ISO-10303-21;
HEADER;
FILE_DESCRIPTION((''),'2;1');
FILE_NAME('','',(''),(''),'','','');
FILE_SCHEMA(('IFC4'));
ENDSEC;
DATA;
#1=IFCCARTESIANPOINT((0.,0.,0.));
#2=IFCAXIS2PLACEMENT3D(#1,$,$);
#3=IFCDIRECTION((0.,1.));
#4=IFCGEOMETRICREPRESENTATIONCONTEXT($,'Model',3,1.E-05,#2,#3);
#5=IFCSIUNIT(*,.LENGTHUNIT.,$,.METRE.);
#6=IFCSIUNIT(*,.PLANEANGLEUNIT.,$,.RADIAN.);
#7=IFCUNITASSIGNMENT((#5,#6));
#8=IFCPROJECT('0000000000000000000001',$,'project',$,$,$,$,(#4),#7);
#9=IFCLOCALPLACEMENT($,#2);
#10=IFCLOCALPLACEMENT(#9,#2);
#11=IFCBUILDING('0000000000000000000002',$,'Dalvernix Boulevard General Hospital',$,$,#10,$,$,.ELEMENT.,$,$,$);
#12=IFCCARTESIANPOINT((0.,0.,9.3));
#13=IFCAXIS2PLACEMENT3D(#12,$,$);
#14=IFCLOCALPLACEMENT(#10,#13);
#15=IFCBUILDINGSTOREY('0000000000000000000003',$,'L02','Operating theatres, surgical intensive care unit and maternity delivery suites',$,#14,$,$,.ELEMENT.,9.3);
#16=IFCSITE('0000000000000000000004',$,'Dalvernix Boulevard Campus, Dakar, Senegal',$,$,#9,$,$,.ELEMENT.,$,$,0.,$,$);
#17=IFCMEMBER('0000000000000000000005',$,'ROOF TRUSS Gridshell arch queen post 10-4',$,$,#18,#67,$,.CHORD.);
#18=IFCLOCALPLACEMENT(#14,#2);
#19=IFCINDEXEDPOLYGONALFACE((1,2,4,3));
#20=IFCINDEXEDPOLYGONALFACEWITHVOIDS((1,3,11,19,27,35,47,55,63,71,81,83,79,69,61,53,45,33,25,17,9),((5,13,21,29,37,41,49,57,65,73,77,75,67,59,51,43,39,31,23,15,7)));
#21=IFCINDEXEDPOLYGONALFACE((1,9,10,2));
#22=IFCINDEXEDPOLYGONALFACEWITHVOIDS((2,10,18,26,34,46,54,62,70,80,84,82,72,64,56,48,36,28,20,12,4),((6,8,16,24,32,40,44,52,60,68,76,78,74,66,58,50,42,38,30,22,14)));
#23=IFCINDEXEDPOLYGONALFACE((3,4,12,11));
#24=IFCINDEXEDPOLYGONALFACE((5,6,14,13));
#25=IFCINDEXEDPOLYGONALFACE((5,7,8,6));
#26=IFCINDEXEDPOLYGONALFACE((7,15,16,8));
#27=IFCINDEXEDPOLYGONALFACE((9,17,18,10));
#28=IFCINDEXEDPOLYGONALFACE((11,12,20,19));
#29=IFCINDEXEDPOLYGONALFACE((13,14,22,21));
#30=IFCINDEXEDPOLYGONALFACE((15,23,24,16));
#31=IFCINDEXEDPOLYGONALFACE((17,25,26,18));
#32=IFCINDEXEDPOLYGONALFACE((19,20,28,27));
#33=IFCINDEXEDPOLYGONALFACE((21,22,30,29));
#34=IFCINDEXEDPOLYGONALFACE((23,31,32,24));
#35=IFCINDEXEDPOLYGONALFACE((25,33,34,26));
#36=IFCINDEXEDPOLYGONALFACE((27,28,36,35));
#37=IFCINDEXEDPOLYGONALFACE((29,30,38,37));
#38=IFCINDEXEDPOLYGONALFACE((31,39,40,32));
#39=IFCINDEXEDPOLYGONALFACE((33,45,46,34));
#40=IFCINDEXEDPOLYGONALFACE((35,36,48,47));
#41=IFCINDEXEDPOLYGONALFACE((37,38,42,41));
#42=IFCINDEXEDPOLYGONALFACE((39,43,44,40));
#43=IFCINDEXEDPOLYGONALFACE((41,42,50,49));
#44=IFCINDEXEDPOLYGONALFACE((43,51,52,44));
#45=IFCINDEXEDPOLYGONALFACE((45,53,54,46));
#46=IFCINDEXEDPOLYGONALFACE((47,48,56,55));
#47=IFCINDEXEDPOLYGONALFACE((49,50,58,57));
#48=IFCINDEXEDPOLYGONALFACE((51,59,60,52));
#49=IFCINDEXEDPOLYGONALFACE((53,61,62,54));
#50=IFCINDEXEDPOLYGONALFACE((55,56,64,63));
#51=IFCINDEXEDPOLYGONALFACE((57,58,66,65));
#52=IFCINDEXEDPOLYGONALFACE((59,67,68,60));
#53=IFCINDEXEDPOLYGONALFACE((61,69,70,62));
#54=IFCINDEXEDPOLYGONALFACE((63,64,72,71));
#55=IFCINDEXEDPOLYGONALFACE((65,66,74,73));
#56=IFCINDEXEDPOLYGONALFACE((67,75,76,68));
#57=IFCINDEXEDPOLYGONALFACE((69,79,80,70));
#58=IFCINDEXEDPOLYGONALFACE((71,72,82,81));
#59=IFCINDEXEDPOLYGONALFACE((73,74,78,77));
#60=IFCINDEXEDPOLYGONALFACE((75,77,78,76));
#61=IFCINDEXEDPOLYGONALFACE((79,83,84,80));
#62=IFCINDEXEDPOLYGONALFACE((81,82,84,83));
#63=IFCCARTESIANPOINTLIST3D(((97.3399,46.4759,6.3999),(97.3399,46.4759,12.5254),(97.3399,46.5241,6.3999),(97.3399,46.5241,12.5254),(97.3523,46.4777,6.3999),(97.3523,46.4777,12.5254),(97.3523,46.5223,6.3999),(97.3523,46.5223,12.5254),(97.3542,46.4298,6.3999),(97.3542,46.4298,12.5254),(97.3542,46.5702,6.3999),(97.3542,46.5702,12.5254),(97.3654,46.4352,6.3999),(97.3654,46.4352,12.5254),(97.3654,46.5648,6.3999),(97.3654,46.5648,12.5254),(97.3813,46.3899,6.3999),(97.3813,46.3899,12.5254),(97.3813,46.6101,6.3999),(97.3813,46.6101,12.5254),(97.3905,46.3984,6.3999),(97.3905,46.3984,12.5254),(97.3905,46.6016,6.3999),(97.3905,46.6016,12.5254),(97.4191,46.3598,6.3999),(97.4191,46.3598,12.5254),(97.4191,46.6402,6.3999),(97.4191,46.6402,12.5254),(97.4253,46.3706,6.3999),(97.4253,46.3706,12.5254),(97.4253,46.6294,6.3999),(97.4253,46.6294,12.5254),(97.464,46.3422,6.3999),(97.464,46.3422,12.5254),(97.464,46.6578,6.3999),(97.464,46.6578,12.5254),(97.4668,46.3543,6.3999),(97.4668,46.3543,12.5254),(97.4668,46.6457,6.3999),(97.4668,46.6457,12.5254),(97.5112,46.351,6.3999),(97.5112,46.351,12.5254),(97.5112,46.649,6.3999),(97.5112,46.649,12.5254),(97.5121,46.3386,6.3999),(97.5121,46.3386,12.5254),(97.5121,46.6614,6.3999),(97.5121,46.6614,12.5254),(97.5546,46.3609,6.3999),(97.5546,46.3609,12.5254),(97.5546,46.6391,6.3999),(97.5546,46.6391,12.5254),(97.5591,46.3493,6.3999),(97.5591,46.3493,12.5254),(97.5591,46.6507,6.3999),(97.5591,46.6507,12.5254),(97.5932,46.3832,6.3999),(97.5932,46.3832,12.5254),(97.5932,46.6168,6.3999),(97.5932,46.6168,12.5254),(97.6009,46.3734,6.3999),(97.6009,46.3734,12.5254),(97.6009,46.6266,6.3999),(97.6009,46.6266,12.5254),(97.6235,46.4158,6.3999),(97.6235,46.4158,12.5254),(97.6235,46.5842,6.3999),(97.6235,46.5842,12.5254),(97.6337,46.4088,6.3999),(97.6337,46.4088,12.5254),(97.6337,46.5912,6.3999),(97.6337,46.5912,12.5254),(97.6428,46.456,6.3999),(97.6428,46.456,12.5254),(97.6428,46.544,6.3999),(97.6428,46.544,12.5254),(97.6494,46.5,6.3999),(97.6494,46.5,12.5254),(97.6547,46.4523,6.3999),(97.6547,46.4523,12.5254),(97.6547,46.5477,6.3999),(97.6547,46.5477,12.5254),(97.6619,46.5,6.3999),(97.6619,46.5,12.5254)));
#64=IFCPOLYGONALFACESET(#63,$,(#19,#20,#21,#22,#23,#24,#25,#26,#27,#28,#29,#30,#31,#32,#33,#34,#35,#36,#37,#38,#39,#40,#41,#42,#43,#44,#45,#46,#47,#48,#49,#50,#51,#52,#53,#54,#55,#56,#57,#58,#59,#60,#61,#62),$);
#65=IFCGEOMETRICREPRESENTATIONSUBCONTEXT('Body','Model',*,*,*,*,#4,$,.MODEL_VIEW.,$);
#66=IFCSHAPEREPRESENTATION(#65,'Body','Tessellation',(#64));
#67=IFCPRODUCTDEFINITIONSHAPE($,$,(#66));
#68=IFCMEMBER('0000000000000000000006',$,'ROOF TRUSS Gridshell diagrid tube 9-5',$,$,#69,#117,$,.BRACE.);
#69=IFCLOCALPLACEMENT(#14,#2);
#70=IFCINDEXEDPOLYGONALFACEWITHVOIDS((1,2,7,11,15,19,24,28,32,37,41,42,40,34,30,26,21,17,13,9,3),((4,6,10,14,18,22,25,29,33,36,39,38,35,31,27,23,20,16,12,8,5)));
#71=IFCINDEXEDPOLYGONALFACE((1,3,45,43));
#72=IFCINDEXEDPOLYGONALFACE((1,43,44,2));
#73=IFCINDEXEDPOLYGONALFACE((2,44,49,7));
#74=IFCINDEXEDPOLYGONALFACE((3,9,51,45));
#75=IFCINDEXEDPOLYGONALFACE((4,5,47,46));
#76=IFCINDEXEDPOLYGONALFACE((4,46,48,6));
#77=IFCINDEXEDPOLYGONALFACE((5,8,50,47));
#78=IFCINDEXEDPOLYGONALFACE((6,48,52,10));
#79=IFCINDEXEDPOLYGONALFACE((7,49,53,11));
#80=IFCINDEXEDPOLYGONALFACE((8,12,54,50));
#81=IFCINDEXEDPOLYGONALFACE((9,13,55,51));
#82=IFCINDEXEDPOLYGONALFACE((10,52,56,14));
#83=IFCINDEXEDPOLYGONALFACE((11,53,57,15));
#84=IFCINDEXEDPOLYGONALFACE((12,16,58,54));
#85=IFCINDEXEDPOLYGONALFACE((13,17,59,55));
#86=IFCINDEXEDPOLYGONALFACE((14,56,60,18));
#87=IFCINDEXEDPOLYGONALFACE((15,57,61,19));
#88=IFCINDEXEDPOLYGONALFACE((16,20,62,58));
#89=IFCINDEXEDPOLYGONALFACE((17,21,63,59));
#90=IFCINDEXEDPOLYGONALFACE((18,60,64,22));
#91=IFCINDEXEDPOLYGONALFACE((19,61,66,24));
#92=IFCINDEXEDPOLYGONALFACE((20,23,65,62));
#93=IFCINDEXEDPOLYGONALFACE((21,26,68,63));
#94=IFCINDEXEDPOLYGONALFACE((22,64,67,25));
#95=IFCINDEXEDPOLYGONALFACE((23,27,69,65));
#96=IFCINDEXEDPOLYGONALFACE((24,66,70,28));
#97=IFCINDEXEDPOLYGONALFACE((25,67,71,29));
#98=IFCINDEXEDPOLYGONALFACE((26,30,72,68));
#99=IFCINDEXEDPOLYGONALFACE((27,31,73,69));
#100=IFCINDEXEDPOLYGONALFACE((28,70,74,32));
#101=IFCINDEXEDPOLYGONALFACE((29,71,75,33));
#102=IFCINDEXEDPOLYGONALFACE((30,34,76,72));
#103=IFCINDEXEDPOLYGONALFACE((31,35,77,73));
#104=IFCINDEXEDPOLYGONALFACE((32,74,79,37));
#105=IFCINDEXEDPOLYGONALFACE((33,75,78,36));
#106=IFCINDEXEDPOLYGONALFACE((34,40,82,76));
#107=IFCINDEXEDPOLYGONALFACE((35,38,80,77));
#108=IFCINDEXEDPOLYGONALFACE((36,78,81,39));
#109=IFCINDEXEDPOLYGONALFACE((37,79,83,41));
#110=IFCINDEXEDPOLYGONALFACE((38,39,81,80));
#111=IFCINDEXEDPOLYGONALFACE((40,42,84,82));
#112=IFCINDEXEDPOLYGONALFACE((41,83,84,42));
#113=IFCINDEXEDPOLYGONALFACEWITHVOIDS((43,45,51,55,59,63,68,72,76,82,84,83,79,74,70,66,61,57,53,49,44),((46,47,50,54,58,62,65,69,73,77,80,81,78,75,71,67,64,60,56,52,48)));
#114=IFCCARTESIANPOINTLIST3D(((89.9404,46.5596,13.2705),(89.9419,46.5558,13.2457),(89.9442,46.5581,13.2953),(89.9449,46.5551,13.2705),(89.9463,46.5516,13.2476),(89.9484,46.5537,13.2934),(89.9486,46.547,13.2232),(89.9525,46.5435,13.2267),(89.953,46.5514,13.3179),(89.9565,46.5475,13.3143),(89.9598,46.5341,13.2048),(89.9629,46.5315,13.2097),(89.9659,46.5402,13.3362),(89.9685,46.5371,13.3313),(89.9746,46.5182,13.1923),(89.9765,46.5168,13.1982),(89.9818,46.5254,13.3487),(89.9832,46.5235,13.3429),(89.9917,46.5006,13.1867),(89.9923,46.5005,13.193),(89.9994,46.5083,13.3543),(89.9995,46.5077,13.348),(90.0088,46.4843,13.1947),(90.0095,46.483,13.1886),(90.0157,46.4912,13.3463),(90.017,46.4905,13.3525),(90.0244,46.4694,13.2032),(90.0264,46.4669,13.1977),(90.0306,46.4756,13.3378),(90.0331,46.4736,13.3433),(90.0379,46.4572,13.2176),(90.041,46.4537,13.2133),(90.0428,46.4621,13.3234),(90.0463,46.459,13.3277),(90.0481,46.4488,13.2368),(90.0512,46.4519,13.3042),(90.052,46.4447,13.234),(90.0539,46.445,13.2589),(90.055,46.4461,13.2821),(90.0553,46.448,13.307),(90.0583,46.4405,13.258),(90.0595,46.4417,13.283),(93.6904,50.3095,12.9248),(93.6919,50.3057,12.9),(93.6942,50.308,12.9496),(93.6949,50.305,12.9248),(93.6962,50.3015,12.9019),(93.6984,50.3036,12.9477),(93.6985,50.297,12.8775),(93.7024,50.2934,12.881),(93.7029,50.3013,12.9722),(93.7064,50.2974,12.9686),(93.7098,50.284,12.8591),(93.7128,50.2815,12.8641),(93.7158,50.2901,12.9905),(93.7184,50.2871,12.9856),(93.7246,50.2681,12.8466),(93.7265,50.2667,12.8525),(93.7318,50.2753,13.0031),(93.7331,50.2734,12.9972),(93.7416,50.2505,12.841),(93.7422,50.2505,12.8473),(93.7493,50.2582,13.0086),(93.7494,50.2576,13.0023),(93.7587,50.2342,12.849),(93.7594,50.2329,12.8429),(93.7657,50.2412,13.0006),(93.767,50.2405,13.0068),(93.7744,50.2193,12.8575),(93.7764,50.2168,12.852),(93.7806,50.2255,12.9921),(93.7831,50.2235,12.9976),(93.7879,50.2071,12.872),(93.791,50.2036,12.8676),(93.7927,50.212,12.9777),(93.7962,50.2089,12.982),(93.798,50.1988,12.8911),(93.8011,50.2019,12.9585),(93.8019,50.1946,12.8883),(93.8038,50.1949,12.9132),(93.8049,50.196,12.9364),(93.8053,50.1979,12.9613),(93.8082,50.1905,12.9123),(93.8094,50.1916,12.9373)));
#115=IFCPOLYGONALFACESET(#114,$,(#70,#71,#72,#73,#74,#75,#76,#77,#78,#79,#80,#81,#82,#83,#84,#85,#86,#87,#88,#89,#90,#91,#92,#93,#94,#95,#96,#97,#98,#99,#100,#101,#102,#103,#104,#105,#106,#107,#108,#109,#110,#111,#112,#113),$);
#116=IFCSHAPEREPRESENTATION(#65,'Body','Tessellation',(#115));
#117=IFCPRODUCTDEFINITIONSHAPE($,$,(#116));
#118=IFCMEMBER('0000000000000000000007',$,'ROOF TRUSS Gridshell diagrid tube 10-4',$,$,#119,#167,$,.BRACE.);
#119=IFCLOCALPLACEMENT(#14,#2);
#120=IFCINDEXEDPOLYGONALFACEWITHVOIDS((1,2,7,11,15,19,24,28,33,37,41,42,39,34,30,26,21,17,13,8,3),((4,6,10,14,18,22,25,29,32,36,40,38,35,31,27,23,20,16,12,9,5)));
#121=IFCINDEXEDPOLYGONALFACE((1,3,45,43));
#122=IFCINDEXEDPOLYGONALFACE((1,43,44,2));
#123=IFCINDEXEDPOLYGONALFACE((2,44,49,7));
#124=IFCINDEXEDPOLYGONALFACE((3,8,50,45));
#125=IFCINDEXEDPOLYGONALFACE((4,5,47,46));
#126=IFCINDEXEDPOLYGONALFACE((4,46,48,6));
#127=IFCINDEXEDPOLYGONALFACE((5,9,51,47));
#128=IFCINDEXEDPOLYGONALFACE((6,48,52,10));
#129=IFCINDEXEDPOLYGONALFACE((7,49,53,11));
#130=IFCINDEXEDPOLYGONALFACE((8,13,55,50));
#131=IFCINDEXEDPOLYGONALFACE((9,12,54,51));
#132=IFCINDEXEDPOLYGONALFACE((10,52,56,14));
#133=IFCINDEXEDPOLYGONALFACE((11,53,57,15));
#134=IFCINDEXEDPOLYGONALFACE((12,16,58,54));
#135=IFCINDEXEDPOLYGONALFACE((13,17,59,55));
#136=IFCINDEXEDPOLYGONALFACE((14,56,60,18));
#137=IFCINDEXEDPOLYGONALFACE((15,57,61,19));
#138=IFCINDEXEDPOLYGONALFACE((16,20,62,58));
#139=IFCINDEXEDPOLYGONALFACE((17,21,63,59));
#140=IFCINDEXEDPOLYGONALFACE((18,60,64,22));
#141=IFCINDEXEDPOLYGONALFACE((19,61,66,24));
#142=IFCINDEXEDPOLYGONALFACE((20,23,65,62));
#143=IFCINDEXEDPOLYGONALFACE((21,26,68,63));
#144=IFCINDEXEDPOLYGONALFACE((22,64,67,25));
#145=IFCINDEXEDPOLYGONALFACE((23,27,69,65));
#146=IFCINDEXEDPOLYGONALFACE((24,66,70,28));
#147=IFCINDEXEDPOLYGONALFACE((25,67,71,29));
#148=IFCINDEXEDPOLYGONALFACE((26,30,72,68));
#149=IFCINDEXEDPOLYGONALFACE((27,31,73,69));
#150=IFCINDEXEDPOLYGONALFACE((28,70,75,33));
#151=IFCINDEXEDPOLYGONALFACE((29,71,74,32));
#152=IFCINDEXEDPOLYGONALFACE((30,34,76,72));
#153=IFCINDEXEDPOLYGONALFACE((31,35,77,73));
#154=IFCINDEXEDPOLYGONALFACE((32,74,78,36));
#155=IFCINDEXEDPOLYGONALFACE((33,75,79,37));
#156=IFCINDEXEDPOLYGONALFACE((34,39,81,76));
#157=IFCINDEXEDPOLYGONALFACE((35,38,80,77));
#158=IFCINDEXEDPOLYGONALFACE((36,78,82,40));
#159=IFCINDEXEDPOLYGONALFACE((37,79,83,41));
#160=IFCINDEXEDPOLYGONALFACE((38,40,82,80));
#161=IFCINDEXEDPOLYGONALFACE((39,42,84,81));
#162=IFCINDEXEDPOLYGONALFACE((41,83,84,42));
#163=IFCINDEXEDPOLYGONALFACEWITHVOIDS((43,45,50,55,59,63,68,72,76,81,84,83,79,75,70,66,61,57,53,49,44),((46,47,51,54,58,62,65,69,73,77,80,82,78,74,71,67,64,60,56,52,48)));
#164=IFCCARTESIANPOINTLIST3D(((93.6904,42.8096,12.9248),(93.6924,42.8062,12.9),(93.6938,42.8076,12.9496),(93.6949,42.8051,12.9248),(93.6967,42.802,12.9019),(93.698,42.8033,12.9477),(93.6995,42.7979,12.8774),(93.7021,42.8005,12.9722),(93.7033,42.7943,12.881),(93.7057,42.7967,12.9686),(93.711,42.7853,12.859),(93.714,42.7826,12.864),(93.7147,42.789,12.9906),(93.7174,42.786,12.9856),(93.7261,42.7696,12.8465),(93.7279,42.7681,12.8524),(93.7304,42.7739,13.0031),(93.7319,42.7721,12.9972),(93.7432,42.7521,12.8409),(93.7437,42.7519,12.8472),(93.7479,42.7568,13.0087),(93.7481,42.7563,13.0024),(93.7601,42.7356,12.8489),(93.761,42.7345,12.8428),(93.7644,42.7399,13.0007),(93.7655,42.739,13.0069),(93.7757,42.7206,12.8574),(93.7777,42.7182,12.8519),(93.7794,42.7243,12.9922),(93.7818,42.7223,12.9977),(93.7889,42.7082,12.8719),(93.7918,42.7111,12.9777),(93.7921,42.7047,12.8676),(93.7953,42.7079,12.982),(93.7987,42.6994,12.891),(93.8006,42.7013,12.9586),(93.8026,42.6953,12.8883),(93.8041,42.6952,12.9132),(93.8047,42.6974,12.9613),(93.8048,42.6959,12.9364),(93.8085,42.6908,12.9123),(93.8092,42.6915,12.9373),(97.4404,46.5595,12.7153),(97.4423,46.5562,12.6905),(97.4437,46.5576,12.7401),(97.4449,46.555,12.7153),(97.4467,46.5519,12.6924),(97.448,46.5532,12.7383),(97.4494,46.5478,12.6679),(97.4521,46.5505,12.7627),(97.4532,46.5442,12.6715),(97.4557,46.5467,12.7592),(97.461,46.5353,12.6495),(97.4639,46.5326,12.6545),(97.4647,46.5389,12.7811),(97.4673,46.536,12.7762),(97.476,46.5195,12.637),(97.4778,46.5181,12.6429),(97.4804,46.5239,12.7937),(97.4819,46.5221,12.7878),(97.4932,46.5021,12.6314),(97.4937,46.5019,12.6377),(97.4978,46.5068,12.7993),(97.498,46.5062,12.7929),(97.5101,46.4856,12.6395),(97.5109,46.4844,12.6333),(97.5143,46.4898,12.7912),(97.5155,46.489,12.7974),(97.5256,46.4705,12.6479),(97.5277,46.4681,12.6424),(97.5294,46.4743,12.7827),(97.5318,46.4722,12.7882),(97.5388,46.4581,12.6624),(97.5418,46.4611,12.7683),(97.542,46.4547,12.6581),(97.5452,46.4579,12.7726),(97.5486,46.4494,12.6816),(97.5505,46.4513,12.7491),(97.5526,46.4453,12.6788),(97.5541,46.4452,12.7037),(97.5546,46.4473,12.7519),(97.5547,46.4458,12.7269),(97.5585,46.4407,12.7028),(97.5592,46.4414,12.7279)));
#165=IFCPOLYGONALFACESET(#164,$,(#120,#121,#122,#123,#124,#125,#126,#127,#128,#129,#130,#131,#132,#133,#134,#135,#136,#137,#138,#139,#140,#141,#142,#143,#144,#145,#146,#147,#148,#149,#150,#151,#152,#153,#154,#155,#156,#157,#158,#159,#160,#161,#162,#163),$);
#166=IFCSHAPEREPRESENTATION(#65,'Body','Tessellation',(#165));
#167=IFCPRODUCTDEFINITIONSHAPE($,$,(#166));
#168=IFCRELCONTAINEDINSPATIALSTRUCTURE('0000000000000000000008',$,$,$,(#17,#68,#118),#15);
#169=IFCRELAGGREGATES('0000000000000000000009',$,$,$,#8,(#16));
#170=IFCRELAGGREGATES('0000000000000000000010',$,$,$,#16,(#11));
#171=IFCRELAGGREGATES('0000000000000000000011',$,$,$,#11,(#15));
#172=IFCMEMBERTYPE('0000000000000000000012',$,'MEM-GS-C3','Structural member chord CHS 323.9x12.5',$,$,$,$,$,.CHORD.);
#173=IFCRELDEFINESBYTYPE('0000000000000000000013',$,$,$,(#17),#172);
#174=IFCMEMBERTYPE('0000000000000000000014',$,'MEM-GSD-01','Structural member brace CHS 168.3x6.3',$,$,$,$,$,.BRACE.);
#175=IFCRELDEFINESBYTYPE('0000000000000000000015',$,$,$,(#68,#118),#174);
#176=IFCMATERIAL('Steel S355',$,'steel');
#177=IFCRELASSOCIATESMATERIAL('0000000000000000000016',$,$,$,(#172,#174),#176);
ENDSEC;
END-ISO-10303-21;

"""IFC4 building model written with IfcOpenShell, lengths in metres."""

from ifc_helpers import new_model, si_unit, direction, frame, origin, origin_2d, place, context, subcontext, project, spatial, hollow_circle, extrude, material, material_profile, profile_set, type_object, element, save


model = new_model("IFC4")

# Units and contexts
model_context = context("Model", 3, precision=1e-05, world=origin(), true_north=direction((0.0, 1.0)))
body_context = subcontext(model_context, "Body", "Model", "MODEL_VIEW")
ifc_project = project(units=[si_unit("LENGTHUNIT", "METRE"), si_unit("PLANEANGLEUNIT", "RADIAN")], contexts=[model_context])

# Site, building, storey
site_placement = place(None, origin())
site = spatial("IfcSite", under=ifc_project, at=site_placement, Name="Dalvernix Boulevard Campus, Dakar, Senegal", CompositionType="ELEMENT", RefElevation=0.0)
building_placement = place(site_placement, origin())
building = spatial("IfcBuilding", under=site, at=building_placement, Name="Dalvernix Boulevard General Hospital", CompositionType="ELEMENT")
storey_placement = place(building_placement, frame((0.0, 0.0, 9.3)))
storey = spatial("IfcBuildingStorey", under=building, at=storey_placement, Name="L02", Description="Operating theatres, surgical intensive care unit and maternity delivery suites", CompositionType="ELEMENT", Elevation=9.3)

# Shared definitions
ifc_material_1 = material(Name="Steel S355", Category="steel")

# Members
ifc_material_profile_1 = material_profile(ifc_material_1, hollow_circle(Radius=0.1619, WallThickness=0.0125, at=origin_2d()), Name="CHS 323.9x12.5")
ifc_profile_set_1 = profile_set([ifc_material_profile_1], Name="Steel S355")
member_type_1 = type_object("IfcMemberType", Name="MEM-GS-C3", Description="Structural member chord CHS 323.9x12.5", PredefinedType="CHORD", material=ifc_profile_set_1)
member_1_placement = place(storey_placement, frame((97.5, 46.5, 6.3999), z_axis=(0.0, 0.0, 1.0), x_axis=(1.0, 0.0, 0.0)))
element("IfcMember", 1, at=member_1_placement, inside=storey, type_object=member_type_1, Name="ROOF TRUSS Gridshell arch queen post 10-4", PredefinedType="CHORD", context=body_context, shape_type="SweptSolid", body=[
    extrude(hollow_circle(Radius=0.1619, WallThickness=0.0125, at=origin_2d()), origin(), (0.0, 0.0, 1.0), 6.1255),
])
ifc_material_profile_2 = material_profile(ifc_material_1, hollow_circle(Radius=0.0842, WallThickness=0.0063, at=origin_2d()), Name="CHS 168.3x6.3")
ifc_profile_set_2 = profile_set([ifc_material_profile_2], Name="Steel S355")
member_type_2 = type_object("IfcMemberType", Name="MEM-GSD-01", Description="Structural member brace CHS 168.3x6.3", PredefinedType="BRACE", material=ifc_profile_set_2)
member_2_placement = place(storey_placement, frame((90.0, 46.5, 13.2705), z_axis=(0.705609, 0.705609, -0.065048), x_axis=(-0.707107, 0.707107, 0.0)))
element("IfcMember", 2, at=member_2_placement, inside=storey, type_object=member_type_2, Name="ROOF TRUSS Gridshell diagrid tube 9-5", PredefinedType="BRACE", context=body_context, shape_type="SweptSolid", body=[
    extrude(hollow_circle(Radius=0.0842, WallThickness=0.0063, at=origin_2d()), origin(), (0.0, 0.0, 1.0), 5.3145),
])
member_3_placement = place(storey_placement, frame((93.75, 42.75, 12.9248), z_axis=(0.706556, 0.706556, -0.039468), x_axis=(-0.707107, 0.707107, 0.0)))
element("IfcMember", 3, at=member_3_placement, inside=storey, type_object=member_type_2, Name="ROOF TRUSS Gridshell diagrid tube 10-4", PredefinedType="BRACE", context=body_context, shape_type="SweptSolid", body=[
    extrude(hollow_circle(Radius=0.0842, WallThickness=0.0063, at=origin_2d()), origin(), (0.0, 0.0, 1.0), 5.3074),
])

save(model, "model.ifc")
